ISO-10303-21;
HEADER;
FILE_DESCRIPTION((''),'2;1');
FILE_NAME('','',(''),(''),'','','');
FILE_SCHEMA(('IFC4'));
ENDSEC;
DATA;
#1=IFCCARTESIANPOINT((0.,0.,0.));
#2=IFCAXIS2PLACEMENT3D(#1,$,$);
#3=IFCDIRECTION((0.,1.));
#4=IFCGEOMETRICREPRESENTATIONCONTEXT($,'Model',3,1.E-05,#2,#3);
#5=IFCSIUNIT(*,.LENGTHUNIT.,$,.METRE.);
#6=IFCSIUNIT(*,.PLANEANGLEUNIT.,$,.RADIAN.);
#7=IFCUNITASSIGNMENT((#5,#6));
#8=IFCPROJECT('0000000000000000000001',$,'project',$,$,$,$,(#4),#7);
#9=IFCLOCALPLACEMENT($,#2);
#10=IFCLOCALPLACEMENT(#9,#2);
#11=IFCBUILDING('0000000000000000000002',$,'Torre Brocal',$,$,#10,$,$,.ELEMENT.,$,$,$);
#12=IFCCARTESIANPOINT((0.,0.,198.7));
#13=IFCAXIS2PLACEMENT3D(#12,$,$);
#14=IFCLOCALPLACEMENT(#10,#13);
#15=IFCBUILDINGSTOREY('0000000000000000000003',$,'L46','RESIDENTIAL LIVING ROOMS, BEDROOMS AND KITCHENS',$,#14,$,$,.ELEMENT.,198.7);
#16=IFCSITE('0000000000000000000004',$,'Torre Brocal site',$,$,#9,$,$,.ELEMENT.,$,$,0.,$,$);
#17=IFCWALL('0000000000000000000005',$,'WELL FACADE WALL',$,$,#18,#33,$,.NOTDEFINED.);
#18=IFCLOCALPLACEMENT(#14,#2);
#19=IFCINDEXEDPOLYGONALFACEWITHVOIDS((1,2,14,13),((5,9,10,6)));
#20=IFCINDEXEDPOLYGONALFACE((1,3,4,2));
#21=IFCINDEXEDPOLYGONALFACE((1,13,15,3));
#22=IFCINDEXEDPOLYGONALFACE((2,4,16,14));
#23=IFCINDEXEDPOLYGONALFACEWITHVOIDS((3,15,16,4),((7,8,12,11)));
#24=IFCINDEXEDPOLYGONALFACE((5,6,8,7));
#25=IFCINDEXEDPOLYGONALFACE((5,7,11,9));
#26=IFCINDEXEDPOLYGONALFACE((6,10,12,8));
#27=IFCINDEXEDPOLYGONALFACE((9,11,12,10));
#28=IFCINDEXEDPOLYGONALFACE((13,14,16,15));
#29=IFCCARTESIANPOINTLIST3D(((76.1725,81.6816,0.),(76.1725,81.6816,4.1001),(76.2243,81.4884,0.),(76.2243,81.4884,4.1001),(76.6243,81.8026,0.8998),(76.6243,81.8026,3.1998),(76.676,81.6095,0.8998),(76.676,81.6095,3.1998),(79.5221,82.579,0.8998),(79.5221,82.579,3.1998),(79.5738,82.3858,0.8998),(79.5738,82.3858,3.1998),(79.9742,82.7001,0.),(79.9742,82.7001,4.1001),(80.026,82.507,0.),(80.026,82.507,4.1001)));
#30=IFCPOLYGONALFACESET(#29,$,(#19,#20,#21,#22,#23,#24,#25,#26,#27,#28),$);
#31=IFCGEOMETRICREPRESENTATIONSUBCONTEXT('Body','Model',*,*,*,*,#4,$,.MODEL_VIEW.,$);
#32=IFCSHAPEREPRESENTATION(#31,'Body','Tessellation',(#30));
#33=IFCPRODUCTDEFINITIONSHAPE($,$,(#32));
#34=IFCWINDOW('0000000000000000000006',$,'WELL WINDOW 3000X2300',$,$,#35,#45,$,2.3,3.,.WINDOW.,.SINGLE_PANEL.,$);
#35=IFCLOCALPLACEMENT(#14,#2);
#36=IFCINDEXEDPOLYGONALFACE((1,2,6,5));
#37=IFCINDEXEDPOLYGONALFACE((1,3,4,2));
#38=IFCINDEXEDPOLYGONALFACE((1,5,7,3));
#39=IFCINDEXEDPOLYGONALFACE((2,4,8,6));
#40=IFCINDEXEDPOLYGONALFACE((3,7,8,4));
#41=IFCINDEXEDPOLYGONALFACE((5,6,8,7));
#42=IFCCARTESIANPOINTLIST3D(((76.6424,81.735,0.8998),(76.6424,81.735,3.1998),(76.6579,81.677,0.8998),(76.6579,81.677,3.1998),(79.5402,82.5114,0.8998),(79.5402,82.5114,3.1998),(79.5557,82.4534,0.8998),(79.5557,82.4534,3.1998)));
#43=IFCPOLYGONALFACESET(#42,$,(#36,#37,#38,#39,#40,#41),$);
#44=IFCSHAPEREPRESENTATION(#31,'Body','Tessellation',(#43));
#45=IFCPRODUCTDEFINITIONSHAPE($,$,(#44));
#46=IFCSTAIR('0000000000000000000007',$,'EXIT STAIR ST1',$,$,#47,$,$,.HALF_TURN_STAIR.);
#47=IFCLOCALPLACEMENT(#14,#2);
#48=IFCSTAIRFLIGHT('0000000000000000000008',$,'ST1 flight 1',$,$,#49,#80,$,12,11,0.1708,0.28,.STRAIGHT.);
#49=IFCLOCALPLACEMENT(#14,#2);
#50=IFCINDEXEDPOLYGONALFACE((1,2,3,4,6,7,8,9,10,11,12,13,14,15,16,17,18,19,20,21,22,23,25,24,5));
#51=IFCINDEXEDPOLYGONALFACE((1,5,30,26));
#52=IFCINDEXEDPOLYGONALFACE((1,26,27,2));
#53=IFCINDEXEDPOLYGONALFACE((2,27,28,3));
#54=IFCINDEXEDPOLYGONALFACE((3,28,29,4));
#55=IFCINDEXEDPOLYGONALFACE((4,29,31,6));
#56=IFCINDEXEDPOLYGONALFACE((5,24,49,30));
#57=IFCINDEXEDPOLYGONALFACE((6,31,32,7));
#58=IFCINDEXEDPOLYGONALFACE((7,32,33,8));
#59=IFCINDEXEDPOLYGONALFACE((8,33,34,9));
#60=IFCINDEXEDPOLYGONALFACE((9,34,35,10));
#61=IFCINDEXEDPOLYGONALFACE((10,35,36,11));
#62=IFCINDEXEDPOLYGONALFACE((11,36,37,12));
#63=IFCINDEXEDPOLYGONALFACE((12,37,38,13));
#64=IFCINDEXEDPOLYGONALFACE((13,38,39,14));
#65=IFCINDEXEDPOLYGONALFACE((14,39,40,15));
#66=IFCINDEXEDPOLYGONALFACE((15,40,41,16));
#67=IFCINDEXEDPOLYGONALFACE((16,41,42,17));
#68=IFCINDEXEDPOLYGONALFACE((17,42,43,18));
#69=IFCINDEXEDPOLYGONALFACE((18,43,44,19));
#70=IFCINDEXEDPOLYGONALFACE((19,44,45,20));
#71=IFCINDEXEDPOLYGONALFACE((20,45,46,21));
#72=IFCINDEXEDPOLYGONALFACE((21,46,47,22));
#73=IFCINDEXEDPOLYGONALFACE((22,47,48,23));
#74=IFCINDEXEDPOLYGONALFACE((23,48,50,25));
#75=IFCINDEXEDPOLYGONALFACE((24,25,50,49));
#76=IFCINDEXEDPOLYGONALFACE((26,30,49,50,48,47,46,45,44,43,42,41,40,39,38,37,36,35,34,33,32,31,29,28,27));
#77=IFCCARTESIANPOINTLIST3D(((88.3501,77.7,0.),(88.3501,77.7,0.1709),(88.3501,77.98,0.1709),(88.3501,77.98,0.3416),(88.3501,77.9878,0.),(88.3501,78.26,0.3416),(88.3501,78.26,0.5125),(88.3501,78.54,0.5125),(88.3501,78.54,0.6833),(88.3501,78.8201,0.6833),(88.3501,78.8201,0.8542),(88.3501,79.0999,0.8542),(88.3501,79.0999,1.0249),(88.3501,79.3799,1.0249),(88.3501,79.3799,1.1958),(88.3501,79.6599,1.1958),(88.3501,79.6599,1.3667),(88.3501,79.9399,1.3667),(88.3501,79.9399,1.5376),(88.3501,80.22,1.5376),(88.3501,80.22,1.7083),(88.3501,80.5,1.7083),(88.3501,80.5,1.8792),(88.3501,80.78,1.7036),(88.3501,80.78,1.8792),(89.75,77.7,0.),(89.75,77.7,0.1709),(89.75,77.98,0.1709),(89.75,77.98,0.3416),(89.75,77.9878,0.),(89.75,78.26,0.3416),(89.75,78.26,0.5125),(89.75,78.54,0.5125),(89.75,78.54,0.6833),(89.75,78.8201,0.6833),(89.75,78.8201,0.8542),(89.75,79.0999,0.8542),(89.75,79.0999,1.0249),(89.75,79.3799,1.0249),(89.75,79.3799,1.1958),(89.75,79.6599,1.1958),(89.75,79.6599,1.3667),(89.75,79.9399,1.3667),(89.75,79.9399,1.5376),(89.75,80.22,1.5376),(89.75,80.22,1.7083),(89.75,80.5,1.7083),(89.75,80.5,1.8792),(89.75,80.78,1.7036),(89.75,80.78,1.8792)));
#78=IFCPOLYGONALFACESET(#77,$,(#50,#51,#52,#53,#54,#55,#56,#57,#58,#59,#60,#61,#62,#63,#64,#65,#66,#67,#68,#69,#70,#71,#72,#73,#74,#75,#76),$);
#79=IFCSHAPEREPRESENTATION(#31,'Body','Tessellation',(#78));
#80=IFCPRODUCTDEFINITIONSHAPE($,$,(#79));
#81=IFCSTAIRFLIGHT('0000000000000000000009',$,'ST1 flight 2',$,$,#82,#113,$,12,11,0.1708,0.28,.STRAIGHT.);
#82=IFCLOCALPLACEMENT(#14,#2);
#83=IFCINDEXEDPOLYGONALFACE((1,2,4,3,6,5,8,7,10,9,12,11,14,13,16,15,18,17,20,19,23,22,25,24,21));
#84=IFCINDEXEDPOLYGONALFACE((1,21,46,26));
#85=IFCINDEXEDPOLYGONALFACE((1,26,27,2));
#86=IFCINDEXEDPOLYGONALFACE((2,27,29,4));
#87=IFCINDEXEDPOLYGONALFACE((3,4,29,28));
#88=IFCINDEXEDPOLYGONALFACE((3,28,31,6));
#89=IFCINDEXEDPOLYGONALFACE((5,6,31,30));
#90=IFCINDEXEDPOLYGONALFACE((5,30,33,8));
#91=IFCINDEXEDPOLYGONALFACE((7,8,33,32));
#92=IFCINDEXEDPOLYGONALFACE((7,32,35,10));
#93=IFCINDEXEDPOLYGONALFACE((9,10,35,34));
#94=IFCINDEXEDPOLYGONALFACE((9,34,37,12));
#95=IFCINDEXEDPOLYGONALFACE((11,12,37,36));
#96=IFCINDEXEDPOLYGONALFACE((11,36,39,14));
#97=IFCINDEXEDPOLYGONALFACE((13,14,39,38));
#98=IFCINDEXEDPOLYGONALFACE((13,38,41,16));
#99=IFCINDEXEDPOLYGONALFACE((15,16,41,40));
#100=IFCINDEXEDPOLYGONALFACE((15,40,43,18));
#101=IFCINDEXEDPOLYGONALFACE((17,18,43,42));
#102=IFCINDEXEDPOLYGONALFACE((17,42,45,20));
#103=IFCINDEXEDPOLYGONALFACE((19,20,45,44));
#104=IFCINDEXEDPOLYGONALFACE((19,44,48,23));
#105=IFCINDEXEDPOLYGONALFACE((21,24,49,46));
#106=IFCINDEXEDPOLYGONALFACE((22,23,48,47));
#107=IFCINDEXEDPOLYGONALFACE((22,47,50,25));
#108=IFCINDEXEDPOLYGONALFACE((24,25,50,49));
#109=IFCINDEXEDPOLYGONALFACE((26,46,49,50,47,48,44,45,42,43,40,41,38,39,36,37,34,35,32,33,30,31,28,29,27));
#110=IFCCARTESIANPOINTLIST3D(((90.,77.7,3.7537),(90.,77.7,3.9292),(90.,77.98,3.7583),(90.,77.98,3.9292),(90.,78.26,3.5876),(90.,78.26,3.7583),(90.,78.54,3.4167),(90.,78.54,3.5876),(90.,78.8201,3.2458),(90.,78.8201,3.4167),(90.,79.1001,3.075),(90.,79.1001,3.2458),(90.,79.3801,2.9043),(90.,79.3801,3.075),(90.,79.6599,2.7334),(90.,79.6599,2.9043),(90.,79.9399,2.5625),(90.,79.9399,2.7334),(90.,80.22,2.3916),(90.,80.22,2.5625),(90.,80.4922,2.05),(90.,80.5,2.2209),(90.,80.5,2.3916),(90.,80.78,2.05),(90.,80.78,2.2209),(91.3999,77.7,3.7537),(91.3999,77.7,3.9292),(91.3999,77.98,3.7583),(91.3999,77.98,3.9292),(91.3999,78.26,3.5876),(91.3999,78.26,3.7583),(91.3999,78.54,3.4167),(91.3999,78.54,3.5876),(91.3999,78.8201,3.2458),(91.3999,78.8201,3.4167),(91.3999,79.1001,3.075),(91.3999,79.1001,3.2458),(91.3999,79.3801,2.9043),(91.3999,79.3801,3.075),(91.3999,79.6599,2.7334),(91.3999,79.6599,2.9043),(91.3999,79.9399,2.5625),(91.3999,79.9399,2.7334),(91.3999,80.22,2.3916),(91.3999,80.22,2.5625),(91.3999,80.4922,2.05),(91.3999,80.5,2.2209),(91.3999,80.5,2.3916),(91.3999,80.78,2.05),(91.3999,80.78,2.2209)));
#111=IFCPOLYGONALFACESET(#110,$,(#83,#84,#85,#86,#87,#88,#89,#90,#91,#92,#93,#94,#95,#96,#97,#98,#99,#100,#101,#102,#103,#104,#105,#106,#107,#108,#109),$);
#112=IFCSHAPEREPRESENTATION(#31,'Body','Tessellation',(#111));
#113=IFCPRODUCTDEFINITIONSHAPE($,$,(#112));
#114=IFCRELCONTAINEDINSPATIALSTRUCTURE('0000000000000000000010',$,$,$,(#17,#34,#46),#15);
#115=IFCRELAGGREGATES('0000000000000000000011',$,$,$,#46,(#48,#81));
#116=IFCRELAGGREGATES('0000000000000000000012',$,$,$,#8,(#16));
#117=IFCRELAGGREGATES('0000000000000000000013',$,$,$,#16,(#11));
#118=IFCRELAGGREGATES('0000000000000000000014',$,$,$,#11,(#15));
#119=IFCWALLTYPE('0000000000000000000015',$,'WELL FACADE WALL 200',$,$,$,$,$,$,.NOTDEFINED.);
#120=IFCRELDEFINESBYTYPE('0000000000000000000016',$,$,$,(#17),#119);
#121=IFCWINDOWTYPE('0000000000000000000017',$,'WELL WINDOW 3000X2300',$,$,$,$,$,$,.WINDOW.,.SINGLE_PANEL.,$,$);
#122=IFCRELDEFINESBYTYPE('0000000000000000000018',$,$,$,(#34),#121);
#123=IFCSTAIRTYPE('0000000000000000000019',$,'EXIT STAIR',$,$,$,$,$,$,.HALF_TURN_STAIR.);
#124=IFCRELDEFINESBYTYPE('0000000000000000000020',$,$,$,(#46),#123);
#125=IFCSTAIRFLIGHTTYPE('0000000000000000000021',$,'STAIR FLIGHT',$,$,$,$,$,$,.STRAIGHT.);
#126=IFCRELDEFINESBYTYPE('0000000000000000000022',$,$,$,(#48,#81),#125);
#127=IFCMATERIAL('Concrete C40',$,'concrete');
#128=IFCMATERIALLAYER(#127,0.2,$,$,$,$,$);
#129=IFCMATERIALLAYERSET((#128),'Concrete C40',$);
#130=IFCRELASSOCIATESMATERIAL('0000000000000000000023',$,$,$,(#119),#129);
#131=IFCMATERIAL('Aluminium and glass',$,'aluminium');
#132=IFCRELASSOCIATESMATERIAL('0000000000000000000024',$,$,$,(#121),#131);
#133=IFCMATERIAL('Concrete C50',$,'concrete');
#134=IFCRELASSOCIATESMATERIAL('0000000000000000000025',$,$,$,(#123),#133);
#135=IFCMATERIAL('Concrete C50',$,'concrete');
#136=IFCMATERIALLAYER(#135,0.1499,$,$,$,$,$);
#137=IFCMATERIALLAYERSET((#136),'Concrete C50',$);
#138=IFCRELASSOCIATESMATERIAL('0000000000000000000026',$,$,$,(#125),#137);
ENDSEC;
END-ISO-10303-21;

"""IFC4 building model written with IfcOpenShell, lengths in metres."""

from ifc_helpers import new_model, si_unit, direction, frame, frame_2d, origin, place, context, subcontext, project, spatial, polyline, rectangle, outline, extrude, material, layer, layer_set, type_object, element, fill, aggregate, save


model = new_model("IFC4")

# Units and contexts
model_context = context("Model", 3, precision=1e-05, world=origin(), true_north=direction((0.0, 1.0)))
body_context = subcontext(model_context, "Body", "Model", "MODEL_VIEW")
ifc_project = project(units=[si_unit("LENGTHUNIT", "METRE"), si_unit("PLANEANGLEUNIT", "RADIAN")], contexts=[model_context])

# Site, building, storey
site_placement = place(None, origin())
site = spatial("IfcSite", under=ifc_project, at=site_placement, Name="Torre Brocal site", CompositionType="ELEMENT", RefElevation=0.0)
building_placement = place(site_placement, origin())
building = spatial("IfcBuilding", under=site, at=building_placement, Name="Torre Brocal", CompositionType="ELEMENT")
storey_placement = place(building_placement, frame((0.0, 0.0, 198.7)))
storey = spatial("IfcBuildingStorey", under=building, at=storey_placement, Name="L46", Description="RESIDENTIAL LIVING ROOMS, BEDROOMS AND KITCHENS", CompositionType="ELEMENT", Elevation=198.7)

# Wall, opening, window
ifc_material_1 = material(Name="Concrete C40", Category="concrete")
ifc_layer_1 = layer(ifc_material_1, 0.2)
ifc_layer_set_1 = layer_set([ifc_layer_1], Name="Concrete C40")
wall_type_1 = type_object("IfcWallType", Name="WELL FACADE WALL 200", PredefinedType="NOTDEFINED", material=ifc_layer_set_1)
ifc_material_2 = material(Name="Aluminium and glass", Category="aluminium")
window_type = type_object("IfcWindowType", Name="WELL WINDOW 3000X2300", PartitioningType="SINGLE_PANEL", PredefinedType="WINDOW", material=ifc_material_2)
wall_1_placement = place(storey_placement, frame((80.0, 82.6035, 0.0), z_axis=(0.0, 0.0, 1.0), x_axis=(-0.965934, -0.25879, 0.0)))
wall_1 = element("IfcWall", 1, at=wall_1_placement, inside=storey, type_object=wall_type_1, Name="WELL FACADE WALL", PredefinedType="NOTDEFINED", context=body_context, shape_type="SweptSolid", body=[
    extrude(rectangle(XDim=3.9358, YDim=0.2, at=frame_2d((1.9678, 0.0))), origin(), (0.0, 0.0, 1.0), 4.1001),
])
opening_1_placement = place(wall_1_placement, frame((0.468, 0.0, 0.8999)))
opening_1 = element("IfcOpeningElement", 2, at=opening_1_placement, cuts=wall_1, PredefinedType="OPENING", context=body_context, shape_type="SweptSolid", body=[
    extrude(rectangle(XDim=3.0, YDim=2.3, at=frame_2d((1.5, 1.1499))), frame((0.0, 0.1099, 0.0), z_axis=(0.0, -1.0, 0.0), x_axis=(1.0, 0.0, 0.0)), (0.0, 0.0, 1.0), 0.22),
])
window_1_placement = place(opening_1_placement, origin())
window_1 = element("IfcWindow", 3, at=window_1_placement, inside=storey, type_object=window_type, Name="WELL WINDOW 3000X2300", OverallHeight=2.3, OverallWidth=3.0, PartitioningType="SINGLE_PANEL", PredefinedType="WINDOW", context=body_context, shape_type="SweptSolid", body=[
    extrude(rectangle(XDim=3.0, YDim=2.3, at=frame_2d((1.5, 1.1499))), frame((0.0, 0.03, 0.0), z_axis=(0.0, -1.0, 0.0), x_axis=(1.0, 0.0, 0.0)), (0.0, 0.0, 1.0), 0.0601),
])
fill(opening_1, window_1)

# Stair, stair flights
ifc_material_3 = material(Name="Concrete C50", Category="concrete")
stair_type = type_object("IfcStairType", Name="EXIT STAIR", PredefinedType="HALF_TURN_STAIR", material=ifc_material_3)
stair_placement = place(storey_placement, origin())
stair = element("IfcStair", 4, at=stair_placement, inside=storey, type_object=stair_type, Name="EXIT STAIR ST1", PredefinedType="HALF_TURN_STAIR")
ifc_material_4 = material(Name="Concrete C50", Category="concrete")
ifc_layer_2 = layer(ifc_material_4, 0.1499)
ifc_layer_set_2 = layer_set([ifc_layer_2], Name="Concrete C50")
stair_flight_type = type_object("IfcStairFlightType", Name="STAIR FLIGHT", PredefinedType="STRAIGHT", material=ifc_layer_set_2)
stair_flight_1_placement = place(storey_placement, frame((89.05, 77.7, 0.0), z_axis=(0.0, 0.0, 1.0), x_axis=(0.0, 1.0, 0.0)))
stair_flight_1 = element("IfcStairFlight", 5, at=stair_flight_1_placement, type_object=stair_flight_type, Name="ST1 flight 1", NumberOfRisers=12, NumberOfTreads=11, PredefinedType="STRAIGHT", RiserHeight=0.1708, TreadLength=0.28, context=body_context, shape_type="SweptSolid", body=[
    extrude(outline(polyline([(0.0, 0.0), (0.0, 0.1709), (0.28, 0.1709), (0.28, 0.3416), (0.5601, 0.3416), (0.5601, 0.5125), (0.8401, 0.5125), (0.8401, 0.6833), (1.1201, 0.6833), (1.1201, 0.8542), (1.3999, 0.8542), (1.3999, 1.0249), (1.6799, 1.0249), (1.6799, 1.1958), (1.96, 1.1958), (1.96, 1.3667), (2.24, 1.3667), (2.24, 1.5376), (2.52, 1.5376), (2.52, 1.7083), (2.8, 1.7083), (2.8, 1.8792), (3.0801, 1.8792), (3.0801, 2.05), (3.0801, 1.7036), (0.2878, 0.0), (0.0, 0.0)])), frame((0.0, 0.7, 0.0), z_axis=(0.0, -1.0, 0.0), x_axis=(1.0, 0.0, 0.0)), (0.0, 0.0, 1.0), 1.3999),
])
stair_flight_2_placement = place(storey_placement, frame((90.7, 80.78, 2.05), z_axis=(0.0, 0.0, 1.0), x_axis=(0.0, -1.0, 0.0)))
stair_flight_2 = element("IfcStairFlight", 6, at=stair_flight_2_placement, type_object=stair_flight_type, Name="ST1 flight 2", NumberOfRisers=12, NumberOfTreads=11, PredefinedType="STRAIGHT", RiserHeight=0.1708, TreadLength=0.28, context=body_context, shape_type="SweptSolid", body=[
    extrude(outline(polyline([(0.0, 0.0), (0.0, 0.1709), (0.28, 0.1709), (0.28, 0.3416), (0.5601, 0.3416), (0.5601, 0.5125), (0.8401, 0.5125), (0.8401, 0.6833), (1.1201, 0.6833), (1.1201, 0.8542), (1.3999, 0.8542), (1.3999, 1.0249), (1.6799, 1.0249), (1.6799, 1.1958), (1.96, 1.1958), (1.96, 1.3667), (2.24, 1.3667), (2.24, 1.5376), (2.52, 1.5376), (2.52, 1.7083), (2.8, 1.7083), (2.8, 1.8792), (3.0801, 1.8792), (3.0801, 2.05), (3.0801, 1.7036), (0.2878, 0.0), (0.0, 0.0)])), frame((0.0, 0.7, 0.0), z_axis=(0.0, -1.0, 0.0), x_axis=(1.0, 0.0, 0.0)), (0.0, 0.0, 1.0), 1.3999),
])
aggregate(stair, [stair_flight_1, stair_flight_2])

save(model, "model.ifc")
